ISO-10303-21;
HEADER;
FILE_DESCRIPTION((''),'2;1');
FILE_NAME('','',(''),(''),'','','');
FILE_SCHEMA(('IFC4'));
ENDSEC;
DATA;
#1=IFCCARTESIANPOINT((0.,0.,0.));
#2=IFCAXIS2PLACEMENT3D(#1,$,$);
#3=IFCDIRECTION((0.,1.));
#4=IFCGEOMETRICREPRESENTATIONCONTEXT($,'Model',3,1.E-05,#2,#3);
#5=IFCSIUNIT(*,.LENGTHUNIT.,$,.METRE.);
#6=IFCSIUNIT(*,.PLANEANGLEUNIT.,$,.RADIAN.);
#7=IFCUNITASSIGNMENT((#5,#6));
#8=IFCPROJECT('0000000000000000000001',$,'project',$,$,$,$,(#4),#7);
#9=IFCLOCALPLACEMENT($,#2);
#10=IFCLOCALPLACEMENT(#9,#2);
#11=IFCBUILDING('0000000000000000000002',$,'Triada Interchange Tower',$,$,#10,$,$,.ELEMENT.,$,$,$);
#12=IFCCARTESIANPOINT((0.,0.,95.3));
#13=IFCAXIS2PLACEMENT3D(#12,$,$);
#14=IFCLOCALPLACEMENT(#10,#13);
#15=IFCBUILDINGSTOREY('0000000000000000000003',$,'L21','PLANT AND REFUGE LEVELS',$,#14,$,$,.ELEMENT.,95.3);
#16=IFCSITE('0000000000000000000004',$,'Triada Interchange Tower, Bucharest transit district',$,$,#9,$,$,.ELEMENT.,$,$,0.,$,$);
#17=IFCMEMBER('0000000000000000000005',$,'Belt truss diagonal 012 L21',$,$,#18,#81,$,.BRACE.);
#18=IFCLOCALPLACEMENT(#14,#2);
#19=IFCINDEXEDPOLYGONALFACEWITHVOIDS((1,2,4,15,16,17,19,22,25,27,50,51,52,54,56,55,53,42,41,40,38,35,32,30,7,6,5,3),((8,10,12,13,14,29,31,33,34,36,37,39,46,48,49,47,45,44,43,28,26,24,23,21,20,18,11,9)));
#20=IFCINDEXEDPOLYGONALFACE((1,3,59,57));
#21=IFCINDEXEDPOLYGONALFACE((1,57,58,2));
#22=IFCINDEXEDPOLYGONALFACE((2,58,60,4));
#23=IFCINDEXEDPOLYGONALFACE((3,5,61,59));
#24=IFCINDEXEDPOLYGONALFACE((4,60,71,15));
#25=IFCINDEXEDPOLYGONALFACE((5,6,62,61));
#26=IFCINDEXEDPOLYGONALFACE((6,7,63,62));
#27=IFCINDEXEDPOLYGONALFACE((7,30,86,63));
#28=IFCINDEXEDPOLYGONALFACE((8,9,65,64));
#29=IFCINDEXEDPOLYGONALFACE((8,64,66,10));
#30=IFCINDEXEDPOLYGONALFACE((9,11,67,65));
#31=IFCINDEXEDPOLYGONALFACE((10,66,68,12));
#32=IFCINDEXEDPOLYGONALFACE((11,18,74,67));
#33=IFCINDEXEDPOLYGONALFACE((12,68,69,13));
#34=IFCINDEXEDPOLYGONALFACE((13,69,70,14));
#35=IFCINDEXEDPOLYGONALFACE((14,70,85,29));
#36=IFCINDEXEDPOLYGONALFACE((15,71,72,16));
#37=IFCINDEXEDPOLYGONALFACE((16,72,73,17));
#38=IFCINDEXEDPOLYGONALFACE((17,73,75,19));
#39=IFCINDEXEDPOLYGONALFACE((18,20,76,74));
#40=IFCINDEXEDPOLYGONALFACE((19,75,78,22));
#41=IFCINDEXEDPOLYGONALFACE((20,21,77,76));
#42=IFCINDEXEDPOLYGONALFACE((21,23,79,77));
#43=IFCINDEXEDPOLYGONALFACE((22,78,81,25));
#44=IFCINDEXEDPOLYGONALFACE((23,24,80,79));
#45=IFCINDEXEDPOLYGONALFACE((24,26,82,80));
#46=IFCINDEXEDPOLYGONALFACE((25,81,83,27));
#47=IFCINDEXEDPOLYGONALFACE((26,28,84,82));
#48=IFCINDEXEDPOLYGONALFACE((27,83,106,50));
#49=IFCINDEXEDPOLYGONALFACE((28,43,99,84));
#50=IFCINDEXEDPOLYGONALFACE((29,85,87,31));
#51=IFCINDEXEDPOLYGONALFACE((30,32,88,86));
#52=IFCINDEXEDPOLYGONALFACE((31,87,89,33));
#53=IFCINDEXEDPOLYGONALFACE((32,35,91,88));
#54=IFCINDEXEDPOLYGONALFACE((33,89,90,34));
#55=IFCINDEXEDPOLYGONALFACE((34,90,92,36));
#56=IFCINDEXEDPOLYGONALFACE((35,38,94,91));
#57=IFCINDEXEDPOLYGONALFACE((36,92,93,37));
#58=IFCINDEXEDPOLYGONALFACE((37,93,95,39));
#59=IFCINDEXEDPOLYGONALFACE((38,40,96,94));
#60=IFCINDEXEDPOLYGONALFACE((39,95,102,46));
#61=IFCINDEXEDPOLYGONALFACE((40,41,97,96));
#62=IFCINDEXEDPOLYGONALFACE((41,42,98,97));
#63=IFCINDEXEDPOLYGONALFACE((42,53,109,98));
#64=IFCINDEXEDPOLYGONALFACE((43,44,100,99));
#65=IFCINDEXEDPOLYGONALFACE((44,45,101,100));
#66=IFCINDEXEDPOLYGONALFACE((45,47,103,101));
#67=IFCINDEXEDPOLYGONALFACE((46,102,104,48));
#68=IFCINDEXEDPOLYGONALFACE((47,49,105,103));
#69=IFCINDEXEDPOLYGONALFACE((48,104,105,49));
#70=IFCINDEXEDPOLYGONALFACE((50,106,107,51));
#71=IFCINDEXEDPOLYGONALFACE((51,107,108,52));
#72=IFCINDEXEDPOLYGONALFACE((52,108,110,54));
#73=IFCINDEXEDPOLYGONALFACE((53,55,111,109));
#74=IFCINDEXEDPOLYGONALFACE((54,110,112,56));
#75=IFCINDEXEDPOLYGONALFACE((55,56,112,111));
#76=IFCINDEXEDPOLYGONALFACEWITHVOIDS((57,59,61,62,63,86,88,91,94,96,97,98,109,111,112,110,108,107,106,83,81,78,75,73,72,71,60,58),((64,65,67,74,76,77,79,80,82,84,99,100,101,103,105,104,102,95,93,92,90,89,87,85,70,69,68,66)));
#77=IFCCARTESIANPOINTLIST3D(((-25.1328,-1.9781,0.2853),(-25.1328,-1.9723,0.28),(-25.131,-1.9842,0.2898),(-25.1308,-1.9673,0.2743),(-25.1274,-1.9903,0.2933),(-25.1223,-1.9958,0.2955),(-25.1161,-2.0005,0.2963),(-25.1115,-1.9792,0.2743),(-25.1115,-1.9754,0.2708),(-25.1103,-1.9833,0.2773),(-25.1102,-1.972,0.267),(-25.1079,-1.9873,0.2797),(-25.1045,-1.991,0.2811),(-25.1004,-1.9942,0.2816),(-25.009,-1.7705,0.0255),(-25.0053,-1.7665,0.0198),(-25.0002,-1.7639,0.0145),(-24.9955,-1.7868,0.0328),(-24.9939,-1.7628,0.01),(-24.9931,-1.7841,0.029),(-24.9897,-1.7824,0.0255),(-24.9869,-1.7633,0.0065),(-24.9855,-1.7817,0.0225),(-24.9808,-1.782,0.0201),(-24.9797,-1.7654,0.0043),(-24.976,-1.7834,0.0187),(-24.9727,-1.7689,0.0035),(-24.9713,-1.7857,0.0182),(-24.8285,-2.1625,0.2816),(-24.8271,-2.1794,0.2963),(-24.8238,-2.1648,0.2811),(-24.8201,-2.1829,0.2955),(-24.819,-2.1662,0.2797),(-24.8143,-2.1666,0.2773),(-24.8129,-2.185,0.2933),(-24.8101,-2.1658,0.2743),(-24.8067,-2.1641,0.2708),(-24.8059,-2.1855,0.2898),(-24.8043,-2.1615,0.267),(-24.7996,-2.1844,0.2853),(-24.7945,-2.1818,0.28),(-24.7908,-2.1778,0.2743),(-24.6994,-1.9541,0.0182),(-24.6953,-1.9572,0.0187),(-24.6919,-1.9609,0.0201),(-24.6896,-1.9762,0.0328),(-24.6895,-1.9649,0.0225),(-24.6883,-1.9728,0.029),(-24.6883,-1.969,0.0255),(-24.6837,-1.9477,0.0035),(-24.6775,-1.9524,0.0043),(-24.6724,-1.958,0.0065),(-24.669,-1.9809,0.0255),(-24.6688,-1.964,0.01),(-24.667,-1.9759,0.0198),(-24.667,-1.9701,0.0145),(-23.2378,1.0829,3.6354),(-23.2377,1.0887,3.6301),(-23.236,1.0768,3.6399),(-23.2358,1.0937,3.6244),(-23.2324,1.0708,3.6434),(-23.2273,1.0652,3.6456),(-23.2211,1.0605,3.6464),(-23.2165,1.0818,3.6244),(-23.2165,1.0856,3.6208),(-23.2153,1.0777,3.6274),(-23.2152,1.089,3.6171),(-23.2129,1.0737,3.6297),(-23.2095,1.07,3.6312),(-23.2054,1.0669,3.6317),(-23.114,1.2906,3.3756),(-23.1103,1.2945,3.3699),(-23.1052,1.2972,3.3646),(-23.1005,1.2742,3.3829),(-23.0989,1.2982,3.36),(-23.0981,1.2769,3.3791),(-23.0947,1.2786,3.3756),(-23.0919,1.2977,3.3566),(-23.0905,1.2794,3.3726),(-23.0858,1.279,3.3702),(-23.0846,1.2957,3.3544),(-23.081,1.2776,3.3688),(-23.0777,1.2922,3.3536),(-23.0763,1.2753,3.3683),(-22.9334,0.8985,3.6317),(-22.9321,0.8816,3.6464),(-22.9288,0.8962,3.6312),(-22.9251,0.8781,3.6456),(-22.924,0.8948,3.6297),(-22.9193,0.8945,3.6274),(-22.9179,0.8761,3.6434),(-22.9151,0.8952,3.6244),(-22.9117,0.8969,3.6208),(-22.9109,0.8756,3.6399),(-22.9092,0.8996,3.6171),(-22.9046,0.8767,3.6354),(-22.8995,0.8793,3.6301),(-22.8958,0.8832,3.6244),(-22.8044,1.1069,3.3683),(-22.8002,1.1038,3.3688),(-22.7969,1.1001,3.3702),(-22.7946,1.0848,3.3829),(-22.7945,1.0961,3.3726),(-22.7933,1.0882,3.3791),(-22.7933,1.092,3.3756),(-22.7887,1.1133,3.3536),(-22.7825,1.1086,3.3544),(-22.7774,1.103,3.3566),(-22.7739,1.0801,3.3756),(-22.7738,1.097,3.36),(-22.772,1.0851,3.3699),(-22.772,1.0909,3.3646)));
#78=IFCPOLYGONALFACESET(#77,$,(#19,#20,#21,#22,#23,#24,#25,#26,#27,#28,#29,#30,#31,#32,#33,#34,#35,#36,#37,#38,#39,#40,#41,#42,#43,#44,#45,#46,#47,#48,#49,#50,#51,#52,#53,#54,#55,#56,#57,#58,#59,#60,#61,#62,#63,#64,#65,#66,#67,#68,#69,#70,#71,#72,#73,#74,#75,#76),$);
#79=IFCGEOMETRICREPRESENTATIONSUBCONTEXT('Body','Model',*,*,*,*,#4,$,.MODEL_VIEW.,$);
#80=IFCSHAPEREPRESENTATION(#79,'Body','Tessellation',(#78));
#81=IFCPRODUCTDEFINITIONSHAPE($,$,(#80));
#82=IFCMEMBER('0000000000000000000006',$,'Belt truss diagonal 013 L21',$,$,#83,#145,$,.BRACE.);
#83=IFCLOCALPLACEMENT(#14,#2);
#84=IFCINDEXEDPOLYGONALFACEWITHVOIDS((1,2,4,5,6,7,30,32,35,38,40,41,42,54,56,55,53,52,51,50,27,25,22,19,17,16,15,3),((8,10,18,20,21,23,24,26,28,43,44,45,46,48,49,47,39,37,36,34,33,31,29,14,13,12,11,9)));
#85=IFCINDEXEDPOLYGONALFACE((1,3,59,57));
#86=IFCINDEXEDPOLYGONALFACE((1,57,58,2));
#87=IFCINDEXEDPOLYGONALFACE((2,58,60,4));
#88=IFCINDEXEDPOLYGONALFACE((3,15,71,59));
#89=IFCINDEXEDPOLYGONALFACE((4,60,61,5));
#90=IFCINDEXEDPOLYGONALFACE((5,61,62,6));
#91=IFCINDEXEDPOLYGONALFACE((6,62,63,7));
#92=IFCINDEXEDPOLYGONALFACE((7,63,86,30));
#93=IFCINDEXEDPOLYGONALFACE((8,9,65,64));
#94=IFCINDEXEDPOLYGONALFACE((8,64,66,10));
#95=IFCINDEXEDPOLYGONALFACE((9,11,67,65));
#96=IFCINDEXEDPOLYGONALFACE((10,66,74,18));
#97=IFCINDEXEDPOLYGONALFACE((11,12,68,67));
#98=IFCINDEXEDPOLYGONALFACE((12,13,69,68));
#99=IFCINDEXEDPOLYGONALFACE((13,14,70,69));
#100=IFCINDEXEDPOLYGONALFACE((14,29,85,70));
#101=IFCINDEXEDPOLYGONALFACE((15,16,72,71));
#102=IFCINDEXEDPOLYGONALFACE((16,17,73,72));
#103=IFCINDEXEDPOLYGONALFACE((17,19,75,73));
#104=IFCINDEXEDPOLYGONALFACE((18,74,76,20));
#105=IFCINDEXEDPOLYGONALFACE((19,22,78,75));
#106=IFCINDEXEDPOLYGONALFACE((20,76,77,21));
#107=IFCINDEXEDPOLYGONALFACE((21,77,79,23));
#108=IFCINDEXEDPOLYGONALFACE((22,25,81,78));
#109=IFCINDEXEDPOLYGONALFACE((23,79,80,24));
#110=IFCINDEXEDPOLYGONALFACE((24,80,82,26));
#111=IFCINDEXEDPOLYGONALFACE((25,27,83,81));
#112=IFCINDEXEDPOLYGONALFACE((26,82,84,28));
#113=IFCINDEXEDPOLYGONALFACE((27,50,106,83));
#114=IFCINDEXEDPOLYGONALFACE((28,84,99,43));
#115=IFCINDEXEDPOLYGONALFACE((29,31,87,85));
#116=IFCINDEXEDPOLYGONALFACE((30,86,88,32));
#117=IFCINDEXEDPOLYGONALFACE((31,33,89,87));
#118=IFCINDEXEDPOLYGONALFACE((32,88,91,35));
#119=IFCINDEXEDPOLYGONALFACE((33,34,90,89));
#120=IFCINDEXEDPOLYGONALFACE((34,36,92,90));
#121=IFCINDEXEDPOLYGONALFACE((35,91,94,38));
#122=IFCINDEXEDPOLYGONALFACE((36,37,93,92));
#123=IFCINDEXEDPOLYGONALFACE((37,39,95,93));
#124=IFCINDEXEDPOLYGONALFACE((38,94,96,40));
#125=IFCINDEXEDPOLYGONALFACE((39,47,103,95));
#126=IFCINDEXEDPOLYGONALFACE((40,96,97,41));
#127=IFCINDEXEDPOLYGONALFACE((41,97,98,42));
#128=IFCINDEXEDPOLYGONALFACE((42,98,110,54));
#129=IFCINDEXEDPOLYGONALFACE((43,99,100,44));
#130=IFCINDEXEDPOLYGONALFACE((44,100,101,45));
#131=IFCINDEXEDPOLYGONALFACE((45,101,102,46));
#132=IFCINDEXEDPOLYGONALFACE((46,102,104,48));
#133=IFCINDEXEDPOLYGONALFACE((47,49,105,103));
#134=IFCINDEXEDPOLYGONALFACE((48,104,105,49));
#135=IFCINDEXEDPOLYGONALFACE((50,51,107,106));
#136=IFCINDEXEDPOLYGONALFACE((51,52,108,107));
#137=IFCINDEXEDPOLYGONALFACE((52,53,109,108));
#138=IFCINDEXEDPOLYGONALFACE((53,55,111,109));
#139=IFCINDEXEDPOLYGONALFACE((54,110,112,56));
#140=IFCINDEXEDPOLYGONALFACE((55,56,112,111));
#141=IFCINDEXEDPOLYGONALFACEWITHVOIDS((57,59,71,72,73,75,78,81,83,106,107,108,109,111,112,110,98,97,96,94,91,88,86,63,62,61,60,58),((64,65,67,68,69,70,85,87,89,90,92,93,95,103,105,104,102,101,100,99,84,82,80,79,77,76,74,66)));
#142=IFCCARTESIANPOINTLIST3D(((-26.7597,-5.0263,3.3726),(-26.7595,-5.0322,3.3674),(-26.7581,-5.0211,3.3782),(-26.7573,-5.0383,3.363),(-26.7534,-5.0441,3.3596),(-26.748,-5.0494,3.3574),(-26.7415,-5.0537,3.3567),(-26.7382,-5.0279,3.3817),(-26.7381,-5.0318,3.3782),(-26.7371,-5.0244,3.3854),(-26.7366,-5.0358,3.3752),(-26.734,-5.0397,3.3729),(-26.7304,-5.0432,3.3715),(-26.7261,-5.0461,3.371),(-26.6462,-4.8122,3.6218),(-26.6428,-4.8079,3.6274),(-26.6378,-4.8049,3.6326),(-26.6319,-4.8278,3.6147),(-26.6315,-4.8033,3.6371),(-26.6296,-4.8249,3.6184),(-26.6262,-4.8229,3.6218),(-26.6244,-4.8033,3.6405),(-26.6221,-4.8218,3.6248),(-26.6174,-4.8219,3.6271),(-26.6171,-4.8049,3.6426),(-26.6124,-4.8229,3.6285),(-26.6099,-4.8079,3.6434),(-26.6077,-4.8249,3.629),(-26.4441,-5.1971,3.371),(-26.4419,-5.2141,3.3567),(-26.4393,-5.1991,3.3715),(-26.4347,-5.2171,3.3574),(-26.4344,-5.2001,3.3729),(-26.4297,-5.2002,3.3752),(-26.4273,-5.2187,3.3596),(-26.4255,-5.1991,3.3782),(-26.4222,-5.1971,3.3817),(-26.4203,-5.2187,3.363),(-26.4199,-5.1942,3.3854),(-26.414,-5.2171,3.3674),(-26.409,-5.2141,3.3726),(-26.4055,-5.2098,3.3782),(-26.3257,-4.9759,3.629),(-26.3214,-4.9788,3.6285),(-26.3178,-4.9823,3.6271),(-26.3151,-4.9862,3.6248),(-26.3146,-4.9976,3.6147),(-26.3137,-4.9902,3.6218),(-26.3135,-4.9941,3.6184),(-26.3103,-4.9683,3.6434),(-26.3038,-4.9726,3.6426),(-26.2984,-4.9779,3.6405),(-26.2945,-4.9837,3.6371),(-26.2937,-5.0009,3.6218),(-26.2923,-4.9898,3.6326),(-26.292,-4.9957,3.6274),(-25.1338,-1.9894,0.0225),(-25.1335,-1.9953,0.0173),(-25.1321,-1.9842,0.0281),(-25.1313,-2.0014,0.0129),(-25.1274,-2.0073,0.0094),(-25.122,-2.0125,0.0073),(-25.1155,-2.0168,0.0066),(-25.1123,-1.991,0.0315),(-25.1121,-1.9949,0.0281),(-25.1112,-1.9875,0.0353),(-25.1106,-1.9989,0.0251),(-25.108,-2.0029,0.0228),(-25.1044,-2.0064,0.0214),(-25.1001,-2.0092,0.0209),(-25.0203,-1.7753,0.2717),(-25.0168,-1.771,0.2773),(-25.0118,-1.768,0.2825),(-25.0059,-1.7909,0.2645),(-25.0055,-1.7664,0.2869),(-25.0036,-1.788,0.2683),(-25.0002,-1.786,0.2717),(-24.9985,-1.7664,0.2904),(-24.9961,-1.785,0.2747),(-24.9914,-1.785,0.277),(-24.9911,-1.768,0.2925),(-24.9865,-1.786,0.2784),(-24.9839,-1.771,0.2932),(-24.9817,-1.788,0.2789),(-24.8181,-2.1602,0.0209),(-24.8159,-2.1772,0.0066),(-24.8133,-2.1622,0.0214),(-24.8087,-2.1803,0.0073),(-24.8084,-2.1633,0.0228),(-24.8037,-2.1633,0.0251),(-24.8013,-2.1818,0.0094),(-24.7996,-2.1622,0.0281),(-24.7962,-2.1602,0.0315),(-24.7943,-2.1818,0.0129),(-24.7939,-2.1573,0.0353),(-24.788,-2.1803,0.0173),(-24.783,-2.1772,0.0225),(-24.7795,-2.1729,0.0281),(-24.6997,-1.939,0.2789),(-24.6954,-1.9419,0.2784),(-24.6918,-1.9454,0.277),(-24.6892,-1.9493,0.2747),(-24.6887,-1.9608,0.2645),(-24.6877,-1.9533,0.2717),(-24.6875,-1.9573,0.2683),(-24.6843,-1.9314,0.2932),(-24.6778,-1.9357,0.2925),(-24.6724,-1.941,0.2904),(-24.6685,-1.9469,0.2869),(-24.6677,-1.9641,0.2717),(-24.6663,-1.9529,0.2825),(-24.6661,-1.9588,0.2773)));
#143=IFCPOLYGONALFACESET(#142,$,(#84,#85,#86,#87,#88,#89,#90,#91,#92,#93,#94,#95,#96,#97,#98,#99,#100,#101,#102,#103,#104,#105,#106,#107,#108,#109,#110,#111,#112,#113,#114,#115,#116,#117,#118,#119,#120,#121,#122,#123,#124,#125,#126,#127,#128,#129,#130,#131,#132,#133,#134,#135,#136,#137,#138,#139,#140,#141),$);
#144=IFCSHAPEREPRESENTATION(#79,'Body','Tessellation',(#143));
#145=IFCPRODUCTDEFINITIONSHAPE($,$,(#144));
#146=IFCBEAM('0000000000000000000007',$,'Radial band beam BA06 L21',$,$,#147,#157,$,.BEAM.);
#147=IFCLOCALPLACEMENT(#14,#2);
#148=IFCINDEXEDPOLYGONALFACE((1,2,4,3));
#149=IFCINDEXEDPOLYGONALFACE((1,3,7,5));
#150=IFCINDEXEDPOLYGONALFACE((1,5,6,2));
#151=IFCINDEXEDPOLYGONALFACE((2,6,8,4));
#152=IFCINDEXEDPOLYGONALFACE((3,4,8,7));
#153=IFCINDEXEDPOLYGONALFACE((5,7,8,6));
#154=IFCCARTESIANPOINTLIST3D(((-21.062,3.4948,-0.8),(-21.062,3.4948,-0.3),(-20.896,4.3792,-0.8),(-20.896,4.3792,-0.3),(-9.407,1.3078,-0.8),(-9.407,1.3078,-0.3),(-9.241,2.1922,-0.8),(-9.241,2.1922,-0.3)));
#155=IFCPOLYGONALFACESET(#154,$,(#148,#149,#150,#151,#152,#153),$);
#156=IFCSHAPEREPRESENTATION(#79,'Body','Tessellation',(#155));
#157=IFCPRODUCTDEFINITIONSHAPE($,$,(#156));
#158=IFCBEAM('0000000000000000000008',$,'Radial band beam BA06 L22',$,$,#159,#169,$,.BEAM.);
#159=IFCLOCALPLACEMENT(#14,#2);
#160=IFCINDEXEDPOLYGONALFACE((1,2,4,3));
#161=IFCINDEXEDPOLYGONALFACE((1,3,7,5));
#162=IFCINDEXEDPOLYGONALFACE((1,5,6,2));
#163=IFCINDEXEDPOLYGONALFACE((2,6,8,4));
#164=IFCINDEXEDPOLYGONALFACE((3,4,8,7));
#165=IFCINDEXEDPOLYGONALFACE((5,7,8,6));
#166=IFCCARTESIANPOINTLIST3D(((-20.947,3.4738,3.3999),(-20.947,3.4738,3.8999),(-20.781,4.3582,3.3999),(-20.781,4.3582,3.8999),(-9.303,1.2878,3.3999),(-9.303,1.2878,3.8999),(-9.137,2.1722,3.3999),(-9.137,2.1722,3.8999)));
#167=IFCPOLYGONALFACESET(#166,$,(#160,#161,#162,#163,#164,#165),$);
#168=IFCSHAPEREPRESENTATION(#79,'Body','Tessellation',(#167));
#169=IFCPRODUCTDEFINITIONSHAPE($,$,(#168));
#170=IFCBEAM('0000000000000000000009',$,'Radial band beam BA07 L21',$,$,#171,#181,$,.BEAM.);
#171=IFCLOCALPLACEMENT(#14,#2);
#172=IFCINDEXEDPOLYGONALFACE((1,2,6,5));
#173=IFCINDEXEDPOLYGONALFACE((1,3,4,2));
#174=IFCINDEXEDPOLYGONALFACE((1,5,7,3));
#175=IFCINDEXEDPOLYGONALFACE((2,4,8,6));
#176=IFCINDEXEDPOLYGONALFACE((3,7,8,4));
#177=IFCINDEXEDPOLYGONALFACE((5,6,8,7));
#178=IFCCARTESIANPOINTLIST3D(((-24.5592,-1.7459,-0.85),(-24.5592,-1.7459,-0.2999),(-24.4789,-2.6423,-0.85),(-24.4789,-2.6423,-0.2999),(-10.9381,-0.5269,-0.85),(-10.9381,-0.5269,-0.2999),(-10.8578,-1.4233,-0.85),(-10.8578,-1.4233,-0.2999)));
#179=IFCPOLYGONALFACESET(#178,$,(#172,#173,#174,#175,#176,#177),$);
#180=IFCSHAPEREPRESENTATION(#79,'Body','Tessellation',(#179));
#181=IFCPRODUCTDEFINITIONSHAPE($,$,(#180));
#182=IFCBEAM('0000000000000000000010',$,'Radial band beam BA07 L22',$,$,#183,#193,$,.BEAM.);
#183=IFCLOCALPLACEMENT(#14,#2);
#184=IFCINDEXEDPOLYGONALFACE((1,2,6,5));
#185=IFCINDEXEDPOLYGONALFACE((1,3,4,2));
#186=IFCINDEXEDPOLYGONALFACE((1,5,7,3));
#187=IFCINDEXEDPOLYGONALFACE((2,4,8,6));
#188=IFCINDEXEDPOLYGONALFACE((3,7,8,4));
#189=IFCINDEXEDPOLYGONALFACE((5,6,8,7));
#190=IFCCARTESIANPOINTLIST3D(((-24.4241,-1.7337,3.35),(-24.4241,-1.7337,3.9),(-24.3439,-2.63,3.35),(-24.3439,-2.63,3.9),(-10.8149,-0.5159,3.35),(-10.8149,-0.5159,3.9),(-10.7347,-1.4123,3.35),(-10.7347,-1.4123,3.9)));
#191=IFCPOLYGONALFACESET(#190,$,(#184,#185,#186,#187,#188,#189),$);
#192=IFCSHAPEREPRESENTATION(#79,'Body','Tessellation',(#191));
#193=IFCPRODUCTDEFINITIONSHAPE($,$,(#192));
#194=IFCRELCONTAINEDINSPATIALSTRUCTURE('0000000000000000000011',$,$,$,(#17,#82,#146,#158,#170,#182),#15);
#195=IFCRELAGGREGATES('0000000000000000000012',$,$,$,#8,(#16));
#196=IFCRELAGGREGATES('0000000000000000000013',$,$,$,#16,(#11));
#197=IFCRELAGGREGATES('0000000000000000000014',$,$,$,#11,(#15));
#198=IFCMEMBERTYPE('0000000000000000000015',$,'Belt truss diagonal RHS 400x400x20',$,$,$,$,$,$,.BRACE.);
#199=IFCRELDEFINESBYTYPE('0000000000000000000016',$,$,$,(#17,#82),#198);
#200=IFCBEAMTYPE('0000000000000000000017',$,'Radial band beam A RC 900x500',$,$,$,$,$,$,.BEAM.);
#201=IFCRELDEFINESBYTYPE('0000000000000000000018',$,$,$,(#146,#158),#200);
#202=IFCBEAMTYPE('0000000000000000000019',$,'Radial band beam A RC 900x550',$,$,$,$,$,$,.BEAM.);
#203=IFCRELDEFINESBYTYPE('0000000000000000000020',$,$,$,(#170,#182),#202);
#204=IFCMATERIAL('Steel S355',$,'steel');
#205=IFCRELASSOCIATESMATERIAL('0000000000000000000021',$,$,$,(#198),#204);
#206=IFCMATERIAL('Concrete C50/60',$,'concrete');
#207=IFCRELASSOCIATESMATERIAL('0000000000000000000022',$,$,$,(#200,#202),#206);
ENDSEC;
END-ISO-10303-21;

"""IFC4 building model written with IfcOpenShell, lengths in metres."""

from ifc_helpers import new_model, si_unit, direction, frame, origin, origin_2d, place, context, subcontext, project, spatial, rectangle, hollow_rectangle, extrude, material, material_profile, profile_set, type_object, element, save


model = new_model("IFC4")

# Units and contexts
model_context = context("Model", 3, precision=1e-05, world=origin(), true_north=direction((0.0, 1.0)))
body_context = subcontext(model_context, "Body", "Model", "MODEL_VIEW")
ifc_project = project(units=[si_unit("LENGTHUNIT", "METRE"), si_unit("PLANEANGLEUNIT", "RADIAN")], contexts=[model_context])

# Site, building, storey
site_placement = place(None, origin())
site = spatial("IfcSite", under=ifc_project, at=site_placement, Name="Triada Interchange Tower, Bucharest transit district", CompositionType="ELEMENT", RefElevation=0.0)
building_placement = place(site_placement, origin())
building = spatial("IfcBuilding", under=site, at=building_placement, Name="Triada Interchange Tower", CompositionType="ELEMENT")
storey_placement = place(building_placement, frame((0.0, 0.0, 95.3)))
storey = spatial("IfcBuildingStorey", under=building, at=storey_placement, Name="L21", Description="PLANT AND REFUGE LEVELS", CompositionType="ELEMENT", Elevation=95.3)

# Members
ifc_material_1 = material(Name="Steel S355", Category="steel")
ifc_material_profile_1 = material_profile(ifc_material_1, hollow_rectangle(XDim=0.3999, YDim=0.3999, WallThickness=0.02, InnerFilletRadius=0.02, OuterFilletRadius=0.03, at=origin_2d()), Name="RHS 400x400x20")
ifc_profile_set_1 = profile_set([ifc_material_profile_1], Name="Steel S355")
member_type = type_object("IfcMemberType", Name="Belt truss diagonal RHS 400x400x20", PredefinedType="BRACE", material=ifc_profile_set_1)
member_1_placement = place(storey_placement, frame((-24.8999, -1.9741, 0.1499), z_axis=(0.385343, 0.622447, 0.681227), x_axis=(-0.850254, 0.526373, 0.0)))
element("IfcMember", 1, at=member_1_placement, inside=storey, type_object=member_type, Name="Belt truss diagonal 012 L21", PredefinedType="BRACE", context=body_context, shape_type="SweptSolid", body=[
    extrude(hollow_rectangle(XDim=0.3999, YDim=0.3999, WallThickness=0.02, InnerFilletRadius=0.02, OuterFilletRadius=0.03, at=origin_2d()), origin(), (0.0, 0.0, 1.0), 4.9177),
])
member_2_placement = place(storey_placement, frame((-24.8999, -1.9741, 0.1499), z_axis=(-0.338382, -0.632002, 0.697188), x_axis=(0.881591, -0.472015, 0.0)))
element("IfcMember", 2, at=member_2_placement, inside=storey, type_object=member_type, Name="Belt truss diagonal 013 L21", PredefinedType="BRACE", context=body_context, shape_type="SweptSolid", body=[
    extrude(hollow_rectangle(XDim=0.3999, YDim=0.3999, WallThickness=0.02, InnerFilletRadius=0.02, OuterFilletRadius=0.03, at=origin_2d()), origin(), (0.0, 0.0, 1.0), 4.8052),
])

# Beams
ifc_material_2 = material(Name="Concrete C50/60", Category="concrete")
ifc_material_profile_2 = material_profile(ifc_material_2, rectangle(XDim=0.8999, YDim=0.5, at=origin_2d()), Name="RC 900x500")
ifc_profile_set_2 = profile_set([ifc_material_profile_2], Name="Concrete C50/60")
beam_type_1 = type_object("IfcBeamType", Name="Radial band beam A RC 900x500", PredefinedType="BEAM", material=ifc_profile_set_2)
beam_1_placement = place(storey_placement, frame((-20.979, 3.937, -0.55), z_axis=(0.982846, -0.184427, 0.0), x_axis=(0.184427, 0.982846, 0.0)))
element("IfcBeam", 3, at=beam_1_placement, inside=storey, type_object=beam_type_1, Name="Radial band beam BA06 L21", PredefinedType="BEAM", context=body_context, shape_type="SweptSolid", body=[
    extrude(rectangle(XDim=0.8999, YDim=0.5, at=origin_2d()), origin(), (0.0, 0.0, 1.0), 11.8584),
])
beam_2_placement = place(storey_placement, frame((-20.864, 3.916, 3.6499), z_axis=(0.98283, -0.184515, 0.0), x_axis=(0.184515, 0.98283, 0.0)))
element("IfcBeam", 4, at=beam_2_placement, inside=storey, type_object=beam_type_1, Name="Radial band beam BA06 L22", PredefinedType="BEAM", context=body_context, shape_type="SweptSolid", body=[
    extrude(rectangle(XDim=0.8999, YDim=0.5, at=origin_2d()), origin(), (0.0, 0.0, 1.0), 11.8474),
])
ifc_material_profile_3 = material_profile(ifc_material_2, rectangle(XDim=0.8999, YDim=0.55, at=origin_2d()), Name="RC 900x550")
ifc_profile_set_3 = profile_set([ifc_material_profile_3], Name="Concrete C50/60")
beam_type_2 = type_object("IfcBeamType", Name="Radial band beam A RC 900x550", PredefinedType="BEAM", material=ifc_profile_set_3)
beam_3_placement = place(storey_placement, frame((-24.519, -2.1941, -0.575), z_axis=(0.996019, 0.089137, 0.0), x_axis=(-0.089137, 0.996019, 0.0)))
element("IfcBeam", 5, at=beam_3_placement, inside=storey, type_object=beam_type_2, Name="Radial band beam BA07 L21", PredefinedType="BEAM", context=body_context, shape_type="SweptSolid", body=[
    extrude(rectangle(XDim=0.8999, YDim=0.55, at=origin_2d()), origin(), (0.0, 0.0, 1.0), 13.6755),
])
beam_4_placement = place(storey_placement, frame((-24.384, -2.1819, 3.625), z_axis=(0.99602, 0.089126, 0.0), x_axis=(-0.089126, 0.99602, 0.0)))
element("IfcBeam", 6, at=beam_4_placement, inside=storey, type_object=beam_type_2, Name="Radial band beam BA07 L22", PredefinedType="BEAM", context=body_context, shape_type="SweptSolid", body=[
    extrude(rectangle(XDim=0.8999, YDim=0.55, at=origin_2d()), origin(), (0.0, 0.0, 1.0), 13.6636),
])

save(model, "model.ifc")
